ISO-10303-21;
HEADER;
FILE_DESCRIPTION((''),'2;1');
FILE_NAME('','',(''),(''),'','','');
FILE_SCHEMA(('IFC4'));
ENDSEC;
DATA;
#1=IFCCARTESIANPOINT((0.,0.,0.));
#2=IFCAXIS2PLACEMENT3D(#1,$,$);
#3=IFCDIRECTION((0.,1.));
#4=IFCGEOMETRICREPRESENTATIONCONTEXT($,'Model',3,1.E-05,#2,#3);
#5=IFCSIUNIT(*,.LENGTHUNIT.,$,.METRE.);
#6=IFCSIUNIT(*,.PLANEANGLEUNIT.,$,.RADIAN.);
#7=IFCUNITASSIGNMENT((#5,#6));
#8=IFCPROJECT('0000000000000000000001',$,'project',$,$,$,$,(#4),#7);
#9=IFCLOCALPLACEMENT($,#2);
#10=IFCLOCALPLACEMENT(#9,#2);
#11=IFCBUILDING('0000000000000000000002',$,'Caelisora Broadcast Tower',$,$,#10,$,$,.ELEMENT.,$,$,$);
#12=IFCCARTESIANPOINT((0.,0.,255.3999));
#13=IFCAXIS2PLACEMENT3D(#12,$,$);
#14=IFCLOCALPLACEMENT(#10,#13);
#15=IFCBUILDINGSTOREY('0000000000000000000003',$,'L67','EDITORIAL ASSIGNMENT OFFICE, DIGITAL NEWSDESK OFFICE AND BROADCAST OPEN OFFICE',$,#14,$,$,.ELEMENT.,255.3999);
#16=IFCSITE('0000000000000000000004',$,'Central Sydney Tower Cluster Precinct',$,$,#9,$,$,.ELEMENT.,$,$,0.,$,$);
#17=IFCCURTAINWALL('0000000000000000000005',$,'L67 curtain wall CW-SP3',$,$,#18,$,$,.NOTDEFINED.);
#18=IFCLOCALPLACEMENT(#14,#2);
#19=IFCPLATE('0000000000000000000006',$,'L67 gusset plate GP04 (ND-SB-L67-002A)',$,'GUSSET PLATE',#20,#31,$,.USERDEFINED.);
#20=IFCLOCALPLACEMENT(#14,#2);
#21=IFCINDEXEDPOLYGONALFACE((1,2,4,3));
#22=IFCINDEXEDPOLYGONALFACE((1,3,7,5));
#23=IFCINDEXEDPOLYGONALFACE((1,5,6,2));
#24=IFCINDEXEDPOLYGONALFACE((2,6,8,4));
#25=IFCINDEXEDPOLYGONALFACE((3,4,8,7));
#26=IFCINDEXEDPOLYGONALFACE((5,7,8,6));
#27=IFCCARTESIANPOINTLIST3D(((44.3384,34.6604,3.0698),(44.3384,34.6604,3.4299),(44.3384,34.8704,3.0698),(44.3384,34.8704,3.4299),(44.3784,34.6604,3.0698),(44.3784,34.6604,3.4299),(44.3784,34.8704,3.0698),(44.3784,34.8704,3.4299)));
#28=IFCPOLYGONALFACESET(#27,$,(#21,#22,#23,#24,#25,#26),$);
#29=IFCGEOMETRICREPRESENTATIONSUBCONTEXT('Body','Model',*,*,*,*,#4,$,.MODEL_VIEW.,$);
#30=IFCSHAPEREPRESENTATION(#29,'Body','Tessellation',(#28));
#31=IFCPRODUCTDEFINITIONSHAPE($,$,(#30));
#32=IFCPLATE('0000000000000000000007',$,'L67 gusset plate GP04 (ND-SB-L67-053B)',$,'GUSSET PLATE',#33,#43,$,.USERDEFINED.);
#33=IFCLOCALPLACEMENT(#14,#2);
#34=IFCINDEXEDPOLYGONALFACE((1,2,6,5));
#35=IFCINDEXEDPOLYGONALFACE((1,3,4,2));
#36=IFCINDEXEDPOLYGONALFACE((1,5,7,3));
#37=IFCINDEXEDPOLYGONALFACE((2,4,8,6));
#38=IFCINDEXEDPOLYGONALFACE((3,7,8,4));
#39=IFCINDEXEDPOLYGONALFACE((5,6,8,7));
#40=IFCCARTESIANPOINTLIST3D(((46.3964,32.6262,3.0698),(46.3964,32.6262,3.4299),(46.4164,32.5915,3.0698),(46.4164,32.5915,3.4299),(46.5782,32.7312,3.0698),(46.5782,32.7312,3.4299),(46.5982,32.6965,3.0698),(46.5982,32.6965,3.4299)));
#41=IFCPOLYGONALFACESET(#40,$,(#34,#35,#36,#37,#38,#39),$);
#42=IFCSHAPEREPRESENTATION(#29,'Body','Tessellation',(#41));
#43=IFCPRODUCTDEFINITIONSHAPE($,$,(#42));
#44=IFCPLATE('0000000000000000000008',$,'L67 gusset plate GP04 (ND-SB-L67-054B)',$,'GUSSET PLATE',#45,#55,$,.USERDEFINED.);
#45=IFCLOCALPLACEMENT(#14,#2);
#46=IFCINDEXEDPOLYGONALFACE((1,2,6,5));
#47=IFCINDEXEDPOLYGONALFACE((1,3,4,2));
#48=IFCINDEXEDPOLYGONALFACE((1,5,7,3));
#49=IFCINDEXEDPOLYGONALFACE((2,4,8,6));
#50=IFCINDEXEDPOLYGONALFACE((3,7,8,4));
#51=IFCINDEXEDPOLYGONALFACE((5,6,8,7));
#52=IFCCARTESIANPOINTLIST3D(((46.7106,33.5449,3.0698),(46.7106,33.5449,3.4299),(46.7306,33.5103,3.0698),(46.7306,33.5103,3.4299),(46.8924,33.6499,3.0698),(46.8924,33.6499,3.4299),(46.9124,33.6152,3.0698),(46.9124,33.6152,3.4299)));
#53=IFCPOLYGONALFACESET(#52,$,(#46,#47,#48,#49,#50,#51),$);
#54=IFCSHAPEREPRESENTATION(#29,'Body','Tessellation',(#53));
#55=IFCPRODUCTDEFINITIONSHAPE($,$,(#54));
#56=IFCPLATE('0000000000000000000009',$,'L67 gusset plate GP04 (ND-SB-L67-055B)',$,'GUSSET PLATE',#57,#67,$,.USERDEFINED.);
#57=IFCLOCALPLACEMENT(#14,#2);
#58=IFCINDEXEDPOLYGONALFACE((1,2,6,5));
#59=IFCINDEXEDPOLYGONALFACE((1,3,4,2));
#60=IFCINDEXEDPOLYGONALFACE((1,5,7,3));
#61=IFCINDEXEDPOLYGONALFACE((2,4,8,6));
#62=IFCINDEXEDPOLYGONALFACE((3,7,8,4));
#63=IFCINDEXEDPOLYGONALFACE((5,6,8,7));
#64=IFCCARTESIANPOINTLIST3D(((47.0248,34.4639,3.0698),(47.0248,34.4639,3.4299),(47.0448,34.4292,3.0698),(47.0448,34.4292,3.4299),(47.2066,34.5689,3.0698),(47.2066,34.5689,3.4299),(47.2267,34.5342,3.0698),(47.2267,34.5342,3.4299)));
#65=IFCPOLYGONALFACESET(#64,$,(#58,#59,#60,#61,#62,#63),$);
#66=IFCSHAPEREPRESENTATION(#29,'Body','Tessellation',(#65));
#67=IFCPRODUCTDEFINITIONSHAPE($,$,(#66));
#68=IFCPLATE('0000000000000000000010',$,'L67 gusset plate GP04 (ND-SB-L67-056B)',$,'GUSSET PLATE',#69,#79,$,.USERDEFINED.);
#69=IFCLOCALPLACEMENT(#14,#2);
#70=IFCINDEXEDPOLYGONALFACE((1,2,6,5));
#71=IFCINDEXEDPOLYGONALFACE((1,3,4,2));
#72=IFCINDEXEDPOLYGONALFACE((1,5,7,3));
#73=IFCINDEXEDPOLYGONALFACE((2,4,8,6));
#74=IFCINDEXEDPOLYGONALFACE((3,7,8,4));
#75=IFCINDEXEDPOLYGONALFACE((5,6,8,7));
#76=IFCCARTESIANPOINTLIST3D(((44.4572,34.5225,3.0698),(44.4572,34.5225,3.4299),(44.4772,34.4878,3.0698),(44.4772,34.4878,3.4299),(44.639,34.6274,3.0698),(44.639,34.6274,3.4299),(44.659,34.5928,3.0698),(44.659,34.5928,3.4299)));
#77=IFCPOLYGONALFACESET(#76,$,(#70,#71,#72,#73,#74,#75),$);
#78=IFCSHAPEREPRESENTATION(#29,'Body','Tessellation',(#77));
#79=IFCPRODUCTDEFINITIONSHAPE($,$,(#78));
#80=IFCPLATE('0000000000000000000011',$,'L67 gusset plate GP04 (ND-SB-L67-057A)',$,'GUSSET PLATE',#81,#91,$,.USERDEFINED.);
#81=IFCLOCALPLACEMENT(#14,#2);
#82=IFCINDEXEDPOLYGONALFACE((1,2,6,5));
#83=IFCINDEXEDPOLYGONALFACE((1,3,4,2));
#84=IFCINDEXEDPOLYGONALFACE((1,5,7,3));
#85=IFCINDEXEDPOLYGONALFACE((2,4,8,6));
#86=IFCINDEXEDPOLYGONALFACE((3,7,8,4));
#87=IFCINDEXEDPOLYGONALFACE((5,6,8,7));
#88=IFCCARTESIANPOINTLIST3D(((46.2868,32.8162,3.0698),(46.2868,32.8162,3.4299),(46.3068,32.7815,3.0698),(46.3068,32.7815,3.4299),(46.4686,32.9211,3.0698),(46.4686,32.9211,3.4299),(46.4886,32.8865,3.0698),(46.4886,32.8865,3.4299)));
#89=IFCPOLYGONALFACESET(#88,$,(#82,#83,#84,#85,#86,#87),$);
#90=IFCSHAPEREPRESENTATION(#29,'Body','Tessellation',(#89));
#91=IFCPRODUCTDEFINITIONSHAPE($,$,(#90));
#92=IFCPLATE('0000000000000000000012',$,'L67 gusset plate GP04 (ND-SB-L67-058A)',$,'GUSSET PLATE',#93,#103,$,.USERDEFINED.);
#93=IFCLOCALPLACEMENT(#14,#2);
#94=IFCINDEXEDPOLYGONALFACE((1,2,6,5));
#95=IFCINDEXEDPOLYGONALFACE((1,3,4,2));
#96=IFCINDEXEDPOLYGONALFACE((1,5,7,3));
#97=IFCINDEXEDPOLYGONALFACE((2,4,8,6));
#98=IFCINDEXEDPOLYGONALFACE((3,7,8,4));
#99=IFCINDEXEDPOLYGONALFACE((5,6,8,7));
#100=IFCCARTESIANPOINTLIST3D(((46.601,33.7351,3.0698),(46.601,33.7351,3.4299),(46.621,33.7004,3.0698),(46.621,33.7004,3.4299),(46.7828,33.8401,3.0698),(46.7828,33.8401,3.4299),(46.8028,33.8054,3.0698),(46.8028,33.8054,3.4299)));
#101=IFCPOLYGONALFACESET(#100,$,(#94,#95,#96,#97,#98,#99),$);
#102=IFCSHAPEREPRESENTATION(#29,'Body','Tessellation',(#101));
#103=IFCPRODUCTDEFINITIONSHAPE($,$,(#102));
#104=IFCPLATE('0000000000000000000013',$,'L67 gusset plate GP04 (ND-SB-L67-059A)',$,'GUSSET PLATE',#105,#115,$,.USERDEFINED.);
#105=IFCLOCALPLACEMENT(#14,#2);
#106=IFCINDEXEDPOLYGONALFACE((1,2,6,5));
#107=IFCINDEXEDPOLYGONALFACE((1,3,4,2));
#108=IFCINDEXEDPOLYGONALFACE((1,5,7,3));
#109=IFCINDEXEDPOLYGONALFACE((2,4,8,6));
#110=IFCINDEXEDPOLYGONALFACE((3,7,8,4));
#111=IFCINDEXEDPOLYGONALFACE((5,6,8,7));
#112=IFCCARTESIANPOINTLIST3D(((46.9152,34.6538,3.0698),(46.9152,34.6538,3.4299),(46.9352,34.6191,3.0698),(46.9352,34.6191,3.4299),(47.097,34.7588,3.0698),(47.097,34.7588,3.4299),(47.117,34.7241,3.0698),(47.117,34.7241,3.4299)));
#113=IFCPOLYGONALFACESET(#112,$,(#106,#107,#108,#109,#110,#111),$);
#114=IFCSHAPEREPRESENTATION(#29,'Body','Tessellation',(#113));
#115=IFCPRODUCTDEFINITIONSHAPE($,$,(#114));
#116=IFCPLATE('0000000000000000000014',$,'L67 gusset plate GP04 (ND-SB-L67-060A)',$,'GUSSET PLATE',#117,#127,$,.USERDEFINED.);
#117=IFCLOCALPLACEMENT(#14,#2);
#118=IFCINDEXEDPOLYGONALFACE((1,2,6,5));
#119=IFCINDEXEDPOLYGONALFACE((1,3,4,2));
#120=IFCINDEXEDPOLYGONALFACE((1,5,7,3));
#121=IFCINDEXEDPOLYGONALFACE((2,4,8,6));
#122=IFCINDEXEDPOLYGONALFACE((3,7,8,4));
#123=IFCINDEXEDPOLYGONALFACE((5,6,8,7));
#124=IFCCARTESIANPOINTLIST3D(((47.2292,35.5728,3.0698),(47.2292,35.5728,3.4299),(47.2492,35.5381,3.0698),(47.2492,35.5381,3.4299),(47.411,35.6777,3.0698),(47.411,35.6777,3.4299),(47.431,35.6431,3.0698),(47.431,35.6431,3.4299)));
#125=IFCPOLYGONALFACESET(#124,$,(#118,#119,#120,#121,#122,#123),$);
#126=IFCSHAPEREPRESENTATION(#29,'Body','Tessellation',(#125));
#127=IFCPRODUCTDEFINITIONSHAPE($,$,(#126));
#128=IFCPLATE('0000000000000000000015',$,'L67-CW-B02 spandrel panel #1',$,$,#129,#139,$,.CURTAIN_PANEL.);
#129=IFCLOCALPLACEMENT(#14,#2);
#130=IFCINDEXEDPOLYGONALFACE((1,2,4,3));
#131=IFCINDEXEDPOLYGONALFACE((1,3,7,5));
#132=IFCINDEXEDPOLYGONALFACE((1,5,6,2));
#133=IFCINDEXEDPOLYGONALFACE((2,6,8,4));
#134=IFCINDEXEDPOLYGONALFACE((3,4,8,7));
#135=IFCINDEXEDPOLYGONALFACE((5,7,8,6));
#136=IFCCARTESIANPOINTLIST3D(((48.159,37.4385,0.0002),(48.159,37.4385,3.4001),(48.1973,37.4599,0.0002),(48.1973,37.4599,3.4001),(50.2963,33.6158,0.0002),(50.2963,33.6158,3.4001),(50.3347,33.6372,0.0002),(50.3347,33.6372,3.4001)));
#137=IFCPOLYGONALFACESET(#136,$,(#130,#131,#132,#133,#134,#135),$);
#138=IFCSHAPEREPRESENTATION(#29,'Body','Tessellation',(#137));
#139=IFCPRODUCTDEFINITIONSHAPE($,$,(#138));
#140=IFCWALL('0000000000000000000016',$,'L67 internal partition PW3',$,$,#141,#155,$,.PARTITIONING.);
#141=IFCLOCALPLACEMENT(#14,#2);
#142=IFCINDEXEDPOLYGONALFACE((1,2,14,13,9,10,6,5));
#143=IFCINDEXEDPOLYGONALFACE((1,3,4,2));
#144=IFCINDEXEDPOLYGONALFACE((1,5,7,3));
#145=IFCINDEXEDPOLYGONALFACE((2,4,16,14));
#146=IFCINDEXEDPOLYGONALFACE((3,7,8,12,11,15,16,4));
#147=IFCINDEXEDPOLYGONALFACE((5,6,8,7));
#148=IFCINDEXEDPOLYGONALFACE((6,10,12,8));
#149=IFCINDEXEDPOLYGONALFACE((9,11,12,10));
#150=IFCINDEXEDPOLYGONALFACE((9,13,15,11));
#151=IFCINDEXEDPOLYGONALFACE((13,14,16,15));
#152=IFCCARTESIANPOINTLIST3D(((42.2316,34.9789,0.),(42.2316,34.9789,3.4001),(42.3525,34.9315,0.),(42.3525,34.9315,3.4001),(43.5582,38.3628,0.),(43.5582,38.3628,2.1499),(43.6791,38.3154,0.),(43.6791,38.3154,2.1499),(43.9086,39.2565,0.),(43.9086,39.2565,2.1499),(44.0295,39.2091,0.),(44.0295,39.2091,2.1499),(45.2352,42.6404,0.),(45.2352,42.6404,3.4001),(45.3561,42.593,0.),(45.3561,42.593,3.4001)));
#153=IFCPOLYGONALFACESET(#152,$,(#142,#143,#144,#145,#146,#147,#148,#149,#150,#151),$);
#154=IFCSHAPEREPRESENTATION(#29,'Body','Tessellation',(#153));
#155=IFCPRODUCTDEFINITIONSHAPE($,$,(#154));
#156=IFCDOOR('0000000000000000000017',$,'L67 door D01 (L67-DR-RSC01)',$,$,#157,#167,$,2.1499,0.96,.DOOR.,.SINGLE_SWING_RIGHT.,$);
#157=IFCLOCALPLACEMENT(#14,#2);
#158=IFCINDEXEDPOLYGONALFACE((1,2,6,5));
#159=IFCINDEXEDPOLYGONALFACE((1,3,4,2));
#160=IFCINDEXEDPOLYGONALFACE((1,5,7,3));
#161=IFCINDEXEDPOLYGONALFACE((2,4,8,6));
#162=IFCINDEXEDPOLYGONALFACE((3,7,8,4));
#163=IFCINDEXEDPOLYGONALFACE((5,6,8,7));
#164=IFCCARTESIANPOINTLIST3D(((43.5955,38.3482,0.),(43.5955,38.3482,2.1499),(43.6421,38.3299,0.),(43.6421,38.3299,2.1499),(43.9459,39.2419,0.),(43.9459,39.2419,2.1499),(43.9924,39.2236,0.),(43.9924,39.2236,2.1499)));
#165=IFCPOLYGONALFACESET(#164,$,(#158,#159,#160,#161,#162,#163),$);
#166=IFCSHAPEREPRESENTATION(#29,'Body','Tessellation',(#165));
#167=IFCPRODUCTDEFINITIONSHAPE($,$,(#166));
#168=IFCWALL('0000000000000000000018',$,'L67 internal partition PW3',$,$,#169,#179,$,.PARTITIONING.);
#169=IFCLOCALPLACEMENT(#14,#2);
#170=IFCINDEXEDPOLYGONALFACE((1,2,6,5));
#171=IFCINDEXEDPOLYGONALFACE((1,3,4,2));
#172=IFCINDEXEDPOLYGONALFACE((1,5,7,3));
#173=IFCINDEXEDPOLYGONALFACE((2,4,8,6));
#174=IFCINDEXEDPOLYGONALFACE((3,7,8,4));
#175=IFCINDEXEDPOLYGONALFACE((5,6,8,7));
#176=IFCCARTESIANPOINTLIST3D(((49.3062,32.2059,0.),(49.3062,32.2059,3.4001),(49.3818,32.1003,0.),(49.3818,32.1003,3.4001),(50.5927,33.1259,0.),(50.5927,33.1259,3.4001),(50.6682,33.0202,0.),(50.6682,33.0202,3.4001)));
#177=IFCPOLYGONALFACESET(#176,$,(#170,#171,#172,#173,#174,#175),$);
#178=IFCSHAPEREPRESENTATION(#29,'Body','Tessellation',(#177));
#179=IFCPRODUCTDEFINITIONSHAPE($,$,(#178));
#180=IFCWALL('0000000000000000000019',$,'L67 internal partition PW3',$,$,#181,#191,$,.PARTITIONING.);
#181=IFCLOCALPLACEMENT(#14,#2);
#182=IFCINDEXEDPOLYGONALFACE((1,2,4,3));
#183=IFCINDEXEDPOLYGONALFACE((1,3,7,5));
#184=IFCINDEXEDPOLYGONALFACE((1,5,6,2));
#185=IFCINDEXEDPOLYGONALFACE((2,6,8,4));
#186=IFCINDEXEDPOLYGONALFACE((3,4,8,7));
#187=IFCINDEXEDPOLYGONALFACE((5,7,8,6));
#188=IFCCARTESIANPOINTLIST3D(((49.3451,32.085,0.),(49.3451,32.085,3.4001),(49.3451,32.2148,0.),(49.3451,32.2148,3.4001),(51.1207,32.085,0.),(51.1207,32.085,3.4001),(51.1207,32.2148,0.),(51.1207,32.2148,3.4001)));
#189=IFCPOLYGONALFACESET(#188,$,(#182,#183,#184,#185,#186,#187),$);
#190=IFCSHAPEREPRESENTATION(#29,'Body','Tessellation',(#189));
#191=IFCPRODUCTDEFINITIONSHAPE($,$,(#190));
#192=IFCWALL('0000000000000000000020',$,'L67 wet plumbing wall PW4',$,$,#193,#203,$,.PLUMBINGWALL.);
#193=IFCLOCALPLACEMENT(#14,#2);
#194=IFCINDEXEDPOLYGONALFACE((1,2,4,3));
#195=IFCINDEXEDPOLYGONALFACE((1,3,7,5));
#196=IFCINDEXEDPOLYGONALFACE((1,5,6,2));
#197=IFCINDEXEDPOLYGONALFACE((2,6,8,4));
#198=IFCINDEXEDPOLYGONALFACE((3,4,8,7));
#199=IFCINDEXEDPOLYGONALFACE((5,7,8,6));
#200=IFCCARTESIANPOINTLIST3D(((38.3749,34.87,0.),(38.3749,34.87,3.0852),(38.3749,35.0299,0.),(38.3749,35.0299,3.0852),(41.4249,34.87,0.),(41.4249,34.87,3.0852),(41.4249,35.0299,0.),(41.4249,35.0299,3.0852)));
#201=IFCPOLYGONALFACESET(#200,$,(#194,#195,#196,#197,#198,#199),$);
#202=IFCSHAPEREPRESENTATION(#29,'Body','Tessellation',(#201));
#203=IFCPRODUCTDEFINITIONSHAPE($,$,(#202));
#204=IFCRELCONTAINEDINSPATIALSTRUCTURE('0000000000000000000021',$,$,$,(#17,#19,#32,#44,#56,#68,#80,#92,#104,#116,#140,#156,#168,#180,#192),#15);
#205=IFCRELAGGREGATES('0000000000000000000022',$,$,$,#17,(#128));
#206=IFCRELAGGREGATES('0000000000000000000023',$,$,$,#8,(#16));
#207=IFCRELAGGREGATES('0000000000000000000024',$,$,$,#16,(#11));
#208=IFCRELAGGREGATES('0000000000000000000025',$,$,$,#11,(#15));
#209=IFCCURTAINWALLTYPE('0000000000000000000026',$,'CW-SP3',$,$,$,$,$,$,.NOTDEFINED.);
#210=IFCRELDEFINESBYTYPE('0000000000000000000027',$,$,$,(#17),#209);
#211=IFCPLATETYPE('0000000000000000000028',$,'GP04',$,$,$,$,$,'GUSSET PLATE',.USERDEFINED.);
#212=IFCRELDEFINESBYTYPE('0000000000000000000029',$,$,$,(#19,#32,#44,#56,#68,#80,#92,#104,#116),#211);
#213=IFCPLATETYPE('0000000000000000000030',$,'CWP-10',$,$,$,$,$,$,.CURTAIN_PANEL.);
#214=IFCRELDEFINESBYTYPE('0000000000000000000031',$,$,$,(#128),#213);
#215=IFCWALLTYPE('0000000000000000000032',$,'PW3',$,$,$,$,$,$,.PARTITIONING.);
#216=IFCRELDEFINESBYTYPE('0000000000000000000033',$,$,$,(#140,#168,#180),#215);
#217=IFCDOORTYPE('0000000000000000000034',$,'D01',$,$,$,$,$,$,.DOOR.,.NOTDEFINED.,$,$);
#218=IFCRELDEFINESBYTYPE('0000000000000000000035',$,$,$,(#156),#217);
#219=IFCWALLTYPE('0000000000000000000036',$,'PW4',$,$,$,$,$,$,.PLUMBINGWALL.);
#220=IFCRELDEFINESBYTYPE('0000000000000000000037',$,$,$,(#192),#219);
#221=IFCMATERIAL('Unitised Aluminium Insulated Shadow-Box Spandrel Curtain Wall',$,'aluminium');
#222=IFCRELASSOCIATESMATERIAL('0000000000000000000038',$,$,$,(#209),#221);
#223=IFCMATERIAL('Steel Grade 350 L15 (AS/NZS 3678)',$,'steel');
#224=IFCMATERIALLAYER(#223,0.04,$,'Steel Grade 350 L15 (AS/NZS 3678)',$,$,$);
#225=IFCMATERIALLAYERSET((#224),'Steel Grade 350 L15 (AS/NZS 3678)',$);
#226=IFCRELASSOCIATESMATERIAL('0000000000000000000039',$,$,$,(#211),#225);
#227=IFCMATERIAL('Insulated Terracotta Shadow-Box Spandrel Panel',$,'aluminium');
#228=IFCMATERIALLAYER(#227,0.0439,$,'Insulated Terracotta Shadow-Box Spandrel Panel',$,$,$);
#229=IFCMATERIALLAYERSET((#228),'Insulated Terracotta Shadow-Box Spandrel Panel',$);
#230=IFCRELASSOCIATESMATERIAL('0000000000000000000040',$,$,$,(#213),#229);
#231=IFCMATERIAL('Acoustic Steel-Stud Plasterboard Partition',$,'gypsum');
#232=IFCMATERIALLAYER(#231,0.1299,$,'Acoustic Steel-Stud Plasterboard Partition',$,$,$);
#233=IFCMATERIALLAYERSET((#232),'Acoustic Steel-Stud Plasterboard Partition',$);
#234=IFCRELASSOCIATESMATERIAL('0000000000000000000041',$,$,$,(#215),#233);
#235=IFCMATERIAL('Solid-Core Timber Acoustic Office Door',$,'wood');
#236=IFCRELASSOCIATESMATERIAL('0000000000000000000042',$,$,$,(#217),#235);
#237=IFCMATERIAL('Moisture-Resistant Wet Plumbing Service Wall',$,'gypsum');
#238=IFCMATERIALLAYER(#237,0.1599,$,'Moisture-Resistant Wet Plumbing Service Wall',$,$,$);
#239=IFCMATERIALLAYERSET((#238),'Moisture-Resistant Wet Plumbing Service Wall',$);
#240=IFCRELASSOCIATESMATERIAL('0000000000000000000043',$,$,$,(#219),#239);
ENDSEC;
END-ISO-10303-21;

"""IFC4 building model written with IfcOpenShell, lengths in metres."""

from ifc_helpers import new_model, si_unit, direction, frame, frame_2d, origin, origin_2d, place, context, subcontext, project, spatial, rectangle, extrude, source, transform, mapped, material, layer, layer_set, type_object, type_shapes, element, fill, aggregate, save


model = new_model("IFC4")

# Units and contexts
model_context = context("Model", 3, precision=1e-05, world=origin(), true_north=direction((0.0, 1.0)))
body_context = subcontext(model_context, "Body", "Model", "MODEL_VIEW")
ifc_project = project(units=[si_unit("LENGTHUNIT", "METRE"), si_unit("PLANEANGLEUNIT", "RADIAN")], contexts=[model_context])

# Site, building, storey
site_placement = place(None, origin())
site = spatial("IfcSite", under=ifc_project, at=site_placement, Name="Central Sydney Tower Cluster Precinct", CompositionType="ELEMENT", RefElevation=0.0)
building_placement = place(site_placement, origin())
building = spatial("IfcBuilding", under=site, at=building_placement, Name="Caelisora Broadcast Tower", CompositionType="ELEMENT")
storey_placement = place(building_placement, frame((0.0, 0.0, 255.3999)))
storey = spatial("IfcBuildingStorey", under=building, at=storey_placement, Name="L67", Description="EDITORIAL ASSIGNMENT OFFICE, DIGITAL NEWSDESK OFFICE AND BROADCAST OPEN OFFICE", CompositionType="ELEMENT", Elevation=255.3999)

# Shared definitions
ifc_material_1 = material(Name="Steel Grade 350 L15 (AS/NZS 3678)", Category="steel")

# Curtain wall
ifc_material_2 = material(Name="Unitised Aluminium Insulated Shadow-Box Spandrel Curtain Wall", Category="aluminium")
curtain_wall_type = type_object("IfcCurtainWallType", Name="CW-SP3", PredefinedType="NOTDEFINED", material=ifc_material_2)
curtain_wall_placement = place(storey_placement, origin())
curtain_wall = element("IfcCurtainWall", 1, at=curtain_wall_placement, inside=storey, type_object=curtain_wall_type, Name="L67 curtain wall CW-SP3", PredefinedType="NOTDEFINED")

# Plates
ifc_layer_1 = layer(ifc_material_1, 0.04, Name="Steel Grade 350 L15 (AS/NZS 3678)")
ifc_layer_set_1 = layer_set([ifc_layer_1], Name="Steel Grade 350 L15 (AS/NZS 3678)")
plate_type_1 = type_object("IfcPlateType", Name="GP04", ElementType="GUSSET PLATE", PredefinedType="USERDEFINED", material=ifc_layer_set_1)
shared_shape_1 = source(origin(), body_context, "Body", "SweptSolid", [
    extrude(rectangle(XDim=0.21, YDim=0.04, at=origin_2d()), origin(), (0.0, 0.0, 1.0), 0.3601),
])
for number, where, z_axis, x_axis, name in (
    (2, (44.3584, 34.7654, 3.0698), (0.0, 0.0, 1.0), (0.0, -1.0, 0.0), "L67 gusset plate GP04 (ND-SB-L67-002A)"),
    (3, (46.4973, 32.6614, 3.0698), (0.0, 0.0, 1.0), (-0.866025, -0.5, 0.0), "L67 gusset plate GP04 (ND-SB-L67-053B)"),
    (4, (46.8115, 33.5801, 3.0698), (0.0, 0.0, 1.0), (-0.866025, -0.5, 0.0), "L67 gusset plate GP04 (ND-SB-L67-054B)"),
    (5, (47.1257, 34.499, 3.0698), (0.0, 0.0, 1.0), (-0.866025, -0.5, 0.0), "L67 gusset plate GP04 (ND-SB-L67-055B)"),
    (6, (44.5581, 34.5576, 3.0698), (0.0, 0.0, 1.0), (-0.866025, -0.5, 0.0), "L67 gusset plate GP04 (ND-SB-L67-056B)"),
    (7, (46.3877, 32.8513, 3.0698), (0.0, 0.0, 1.0), (-0.866025, -0.5, 0.0), "L67 gusset plate GP04 (ND-SB-L67-057A)"),
    (8, (46.7019, 33.7703, 3.0698), (0.0, 0.0, 1.0), (-0.866025, -0.5, 0.0), "L67 gusset plate GP04 (ND-SB-L67-058A)"),
    (9, (47.0161, 34.689, 3.0698), (0.0, 0.0, 1.0), (-0.866025, -0.5, 0.0), "L67 gusset plate GP04 (ND-SB-L67-059A)"),
    (10, (47.3301, 35.6079, 3.0698), (0.0, 0.0, 1.0), (-0.866025, -0.5, 0.0), "L67 gusset plate GP04 (ND-SB-L67-060A)"),
):
    element("IfcPlate", number, at=place(storey_placement, frame(where, z_axis=z_axis, x_axis=x_axis)), inside=storey, type_object=plate_type_1, Name=name, ObjectType="GUSSET PLATE", PredefinedType="USERDEFINED", context=body_context, shape_type="MappedRepresentation", body=[
        mapped(shared_shape_1, transform((0.0, 0.0, 0.0), scale=1.0)),
    ])

# Plate
ifc_material_3 = material(Name="Insulated Terracotta Shadow-Box Spandrel Panel", Category="aluminium")
ifc_layer_2 = layer(ifc_material_3, 0.0439, Name="Insulated Terracotta Shadow-Box Spandrel Panel")
ifc_layer_set_2 = layer_set([ifc_layer_2], Name="Insulated Terracotta Shadow-Box Spandrel Panel")
plate_type_2 = type_object("IfcPlateType", Name="CWP-10", PredefinedType="CURTAIN_PANEL", material=ifc_layer_set_2)
shared_shape_2 = source(origin(), body_context, "Body", "SweptSolid", [
    extrude(rectangle(XDim=4.3796, YDim=0.0439, at=origin_2d()), origin(), (0.0, 0.0, 1.0), 3.3999),
])
type_shapes(plate_type_2, [shared_shape_2])
plate_1_placement = place(storey_placement, frame((49.2468, 35.5378, 0.0002), z_axis=(0.0, 0.0, 1.0), x_axis=(0.488012, -0.872837, 0.0)))
plate_1 = element("IfcPlate", 11, at=plate_1_placement, type_object=plate_type_2, Name="L67-CW-B02 spandrel panel #1", PredefinedType="CURTAIN_PANEL", context=body_context, shape_type="MappedRepresentation", body=[
    mapped(shared_shape_2, transform((0.0, 0.0, 0.0), scale=1.0)),
])
aggregate(curtain_wall, [plate_1])

# Wall, opening, door
ifc_material_4 = material(Name="Acoustic Steel-Stud Plasterboard Partition", Category="gypsum")
ifc_layer_3 = layer(ifc_material_4, 0.1299, Name="Acoustic Steel-Stud Plasterboard Partition")
ifc_layer_set_3 = layer_set([ifc_layer_3], Name="Acoustic Steel-Stud Plasterboard Partition")
wall_type_1 = type_object("IfcWallType", Name="PW3", PredefinedType="PARTITIONING", material=ifc_layer_set_3)
wall_1_placement = place(storey_placement, frame((42.292, 34.9551, 0.0), z_axis=(0.0, 0.0, 1.0), x_axis=(0.364993, 0.93101, 0.0)))
wall_1 = element("IfcWall", 12, at=wall_1_placement, inside=storey, type_object=wall_type_1, Name="L67 internal partition PW3", PredefinedType="PARTITIONING", context=body_context, shape_type="SweptSolid", body=[
    extrude(rectangle(XDim=8.2292, YDim=0.1299, at=frame_2d((4.1147, 0.0))), origin(), (0.0, 0.0, 1.0), 3.4001),
])
opening_placement = place(wall_1_placement, frame((3.6348, 0.0, 0.0)))
opening = element("IfcOpeningElement", 13, at=opening_placement, cuts=wall_1, PredefinedType="OPENING", context=body_context, shape_type="SweptSolid", body=[
    extrude(rectangle(XDim=0.96, YDim=2.1499, at=frame_2d((0.48, 1.075))), frame((0.0, 0.0769, 0.0), z_axis=(0.0, -1.0, 0.0), x_axis=(1.0, 0.0, 0.0)), (0.0, 0.0, 1.0), 0.1538),
])
ifc_material_5 = material(Name="Solid-Core Timber Acoustic Office Door", Category="wood")
door_type = type_object("IfcDoorType", Name="D01", OperationType="NOTDEFINED", PredefinedType="DOOR", material=ifc_material_5)
door_placement = place(opening_placement, origin())
door = element("IfcDoor", 14, at=door_placement, inside=storey, type_object=door_type, Name="L67 door D01 (L67-DR-RSC01)", OperationType="SINGLE_SWING_RIGHT", OverallHeight=2.1499, OverallWidth=0.96, PredefinedType="DOOR", context=body_context, shape_type="SweptSolid", body=[
    extrude(rectangle(XDim=0.96, YDim=2.1499, at=frame_2d((0.48, 1.075))), frame((0.0, 0.0249, 0.0), z_axis=(0.0, -1.0, 0.0), x_axis=(1.0, 0.0, 0.0)), (0.0, 0.0, 1.0), 0.05),
])
fill(opening, door)

# Walls
wall_2_placement = place(storey_placement, frame((49.344, 32.1531, 0.0), z_axis=(0.0, 0.0, 1.0), x_axis=(0.81341, 0.581691, 0.0)))
element("IfcWall", 15, at=wall_2_placement, inside=storey, type_object=wall_type_1, Name="L67 internal partition PW3", PredefinedType="PARTITIONING", context=body_context, shape_type="SweptSolid", body=[
    extrude(rectangle(XDim=1.5815, YDim=0.1299, at=frame_2d((0.7908, 0.0))), origin(), (0.0, 0.0, 1.0), 3.4001),
])
wall_3_placement = place(storey_placement, frame((51.1206, 32.1499, 0.0), z_axis=(0.0, 0.0, 1.0), x_axis=(-1.0, 0.0, 0.0)))
element("IfcWall", 16, at=wall_3_placement, inside=storey, type_object=wall_type_1, Name="L67 internal partition PW3", PredefinedType="PARTITIONING", context=body_context, shape_type="SweptSolid", body=[
    extrude(rectangle(XDim=1.7756, YDim=0.1299, at=frame_2d((0.8877, 0.0))), origin(), (0.0, 0.0, 1.0), 3.4001),
])
ifc_material_6 = material(Name="Moisture-Resistant Wet Plumbing Service Wall", Category="gypsum")
ifc_layer_4 = layer(ifc_material_6, 0.1599, Name="Moisture-Resistant Wet Plumbing Service Wall")
ifc_layer_set_4 = layer_set([ifc_layer_4], Name="Moisture-Resistant Wet Plumbing Service Wall")
wall_type_2 = type_object("IfcWallType", Name="PW4", PredefinedType="PLUMBINGWALL", material=ifc_layer_set_4)
for number, where, z_axis, x_axis, name in (
    (17, (38.375, 34.95, 0.0), (0.0, 0.0, 1.0), (1.0, 0.0, 0.0), "L67 wet plumbing wall PW4"),
):
    element("IfcWall", number, at=place(storey_placement, frame(where, z_axis=z_axis, x_axis=x_axis)), inside=storey, type_object=wall_type_2, Name=name, PredefinedType="PLUMBINGWALL", context=body_context, shape_type="SweptSolid", body=[
        extrude(rectangle(XDim=3.05, YDim=0.1599, at=frame_2d((1.5249, 0.0))), origin(), (0.0, 0.0, 1.0), 3.0852),
    ])

save(model, "model.ifc")
